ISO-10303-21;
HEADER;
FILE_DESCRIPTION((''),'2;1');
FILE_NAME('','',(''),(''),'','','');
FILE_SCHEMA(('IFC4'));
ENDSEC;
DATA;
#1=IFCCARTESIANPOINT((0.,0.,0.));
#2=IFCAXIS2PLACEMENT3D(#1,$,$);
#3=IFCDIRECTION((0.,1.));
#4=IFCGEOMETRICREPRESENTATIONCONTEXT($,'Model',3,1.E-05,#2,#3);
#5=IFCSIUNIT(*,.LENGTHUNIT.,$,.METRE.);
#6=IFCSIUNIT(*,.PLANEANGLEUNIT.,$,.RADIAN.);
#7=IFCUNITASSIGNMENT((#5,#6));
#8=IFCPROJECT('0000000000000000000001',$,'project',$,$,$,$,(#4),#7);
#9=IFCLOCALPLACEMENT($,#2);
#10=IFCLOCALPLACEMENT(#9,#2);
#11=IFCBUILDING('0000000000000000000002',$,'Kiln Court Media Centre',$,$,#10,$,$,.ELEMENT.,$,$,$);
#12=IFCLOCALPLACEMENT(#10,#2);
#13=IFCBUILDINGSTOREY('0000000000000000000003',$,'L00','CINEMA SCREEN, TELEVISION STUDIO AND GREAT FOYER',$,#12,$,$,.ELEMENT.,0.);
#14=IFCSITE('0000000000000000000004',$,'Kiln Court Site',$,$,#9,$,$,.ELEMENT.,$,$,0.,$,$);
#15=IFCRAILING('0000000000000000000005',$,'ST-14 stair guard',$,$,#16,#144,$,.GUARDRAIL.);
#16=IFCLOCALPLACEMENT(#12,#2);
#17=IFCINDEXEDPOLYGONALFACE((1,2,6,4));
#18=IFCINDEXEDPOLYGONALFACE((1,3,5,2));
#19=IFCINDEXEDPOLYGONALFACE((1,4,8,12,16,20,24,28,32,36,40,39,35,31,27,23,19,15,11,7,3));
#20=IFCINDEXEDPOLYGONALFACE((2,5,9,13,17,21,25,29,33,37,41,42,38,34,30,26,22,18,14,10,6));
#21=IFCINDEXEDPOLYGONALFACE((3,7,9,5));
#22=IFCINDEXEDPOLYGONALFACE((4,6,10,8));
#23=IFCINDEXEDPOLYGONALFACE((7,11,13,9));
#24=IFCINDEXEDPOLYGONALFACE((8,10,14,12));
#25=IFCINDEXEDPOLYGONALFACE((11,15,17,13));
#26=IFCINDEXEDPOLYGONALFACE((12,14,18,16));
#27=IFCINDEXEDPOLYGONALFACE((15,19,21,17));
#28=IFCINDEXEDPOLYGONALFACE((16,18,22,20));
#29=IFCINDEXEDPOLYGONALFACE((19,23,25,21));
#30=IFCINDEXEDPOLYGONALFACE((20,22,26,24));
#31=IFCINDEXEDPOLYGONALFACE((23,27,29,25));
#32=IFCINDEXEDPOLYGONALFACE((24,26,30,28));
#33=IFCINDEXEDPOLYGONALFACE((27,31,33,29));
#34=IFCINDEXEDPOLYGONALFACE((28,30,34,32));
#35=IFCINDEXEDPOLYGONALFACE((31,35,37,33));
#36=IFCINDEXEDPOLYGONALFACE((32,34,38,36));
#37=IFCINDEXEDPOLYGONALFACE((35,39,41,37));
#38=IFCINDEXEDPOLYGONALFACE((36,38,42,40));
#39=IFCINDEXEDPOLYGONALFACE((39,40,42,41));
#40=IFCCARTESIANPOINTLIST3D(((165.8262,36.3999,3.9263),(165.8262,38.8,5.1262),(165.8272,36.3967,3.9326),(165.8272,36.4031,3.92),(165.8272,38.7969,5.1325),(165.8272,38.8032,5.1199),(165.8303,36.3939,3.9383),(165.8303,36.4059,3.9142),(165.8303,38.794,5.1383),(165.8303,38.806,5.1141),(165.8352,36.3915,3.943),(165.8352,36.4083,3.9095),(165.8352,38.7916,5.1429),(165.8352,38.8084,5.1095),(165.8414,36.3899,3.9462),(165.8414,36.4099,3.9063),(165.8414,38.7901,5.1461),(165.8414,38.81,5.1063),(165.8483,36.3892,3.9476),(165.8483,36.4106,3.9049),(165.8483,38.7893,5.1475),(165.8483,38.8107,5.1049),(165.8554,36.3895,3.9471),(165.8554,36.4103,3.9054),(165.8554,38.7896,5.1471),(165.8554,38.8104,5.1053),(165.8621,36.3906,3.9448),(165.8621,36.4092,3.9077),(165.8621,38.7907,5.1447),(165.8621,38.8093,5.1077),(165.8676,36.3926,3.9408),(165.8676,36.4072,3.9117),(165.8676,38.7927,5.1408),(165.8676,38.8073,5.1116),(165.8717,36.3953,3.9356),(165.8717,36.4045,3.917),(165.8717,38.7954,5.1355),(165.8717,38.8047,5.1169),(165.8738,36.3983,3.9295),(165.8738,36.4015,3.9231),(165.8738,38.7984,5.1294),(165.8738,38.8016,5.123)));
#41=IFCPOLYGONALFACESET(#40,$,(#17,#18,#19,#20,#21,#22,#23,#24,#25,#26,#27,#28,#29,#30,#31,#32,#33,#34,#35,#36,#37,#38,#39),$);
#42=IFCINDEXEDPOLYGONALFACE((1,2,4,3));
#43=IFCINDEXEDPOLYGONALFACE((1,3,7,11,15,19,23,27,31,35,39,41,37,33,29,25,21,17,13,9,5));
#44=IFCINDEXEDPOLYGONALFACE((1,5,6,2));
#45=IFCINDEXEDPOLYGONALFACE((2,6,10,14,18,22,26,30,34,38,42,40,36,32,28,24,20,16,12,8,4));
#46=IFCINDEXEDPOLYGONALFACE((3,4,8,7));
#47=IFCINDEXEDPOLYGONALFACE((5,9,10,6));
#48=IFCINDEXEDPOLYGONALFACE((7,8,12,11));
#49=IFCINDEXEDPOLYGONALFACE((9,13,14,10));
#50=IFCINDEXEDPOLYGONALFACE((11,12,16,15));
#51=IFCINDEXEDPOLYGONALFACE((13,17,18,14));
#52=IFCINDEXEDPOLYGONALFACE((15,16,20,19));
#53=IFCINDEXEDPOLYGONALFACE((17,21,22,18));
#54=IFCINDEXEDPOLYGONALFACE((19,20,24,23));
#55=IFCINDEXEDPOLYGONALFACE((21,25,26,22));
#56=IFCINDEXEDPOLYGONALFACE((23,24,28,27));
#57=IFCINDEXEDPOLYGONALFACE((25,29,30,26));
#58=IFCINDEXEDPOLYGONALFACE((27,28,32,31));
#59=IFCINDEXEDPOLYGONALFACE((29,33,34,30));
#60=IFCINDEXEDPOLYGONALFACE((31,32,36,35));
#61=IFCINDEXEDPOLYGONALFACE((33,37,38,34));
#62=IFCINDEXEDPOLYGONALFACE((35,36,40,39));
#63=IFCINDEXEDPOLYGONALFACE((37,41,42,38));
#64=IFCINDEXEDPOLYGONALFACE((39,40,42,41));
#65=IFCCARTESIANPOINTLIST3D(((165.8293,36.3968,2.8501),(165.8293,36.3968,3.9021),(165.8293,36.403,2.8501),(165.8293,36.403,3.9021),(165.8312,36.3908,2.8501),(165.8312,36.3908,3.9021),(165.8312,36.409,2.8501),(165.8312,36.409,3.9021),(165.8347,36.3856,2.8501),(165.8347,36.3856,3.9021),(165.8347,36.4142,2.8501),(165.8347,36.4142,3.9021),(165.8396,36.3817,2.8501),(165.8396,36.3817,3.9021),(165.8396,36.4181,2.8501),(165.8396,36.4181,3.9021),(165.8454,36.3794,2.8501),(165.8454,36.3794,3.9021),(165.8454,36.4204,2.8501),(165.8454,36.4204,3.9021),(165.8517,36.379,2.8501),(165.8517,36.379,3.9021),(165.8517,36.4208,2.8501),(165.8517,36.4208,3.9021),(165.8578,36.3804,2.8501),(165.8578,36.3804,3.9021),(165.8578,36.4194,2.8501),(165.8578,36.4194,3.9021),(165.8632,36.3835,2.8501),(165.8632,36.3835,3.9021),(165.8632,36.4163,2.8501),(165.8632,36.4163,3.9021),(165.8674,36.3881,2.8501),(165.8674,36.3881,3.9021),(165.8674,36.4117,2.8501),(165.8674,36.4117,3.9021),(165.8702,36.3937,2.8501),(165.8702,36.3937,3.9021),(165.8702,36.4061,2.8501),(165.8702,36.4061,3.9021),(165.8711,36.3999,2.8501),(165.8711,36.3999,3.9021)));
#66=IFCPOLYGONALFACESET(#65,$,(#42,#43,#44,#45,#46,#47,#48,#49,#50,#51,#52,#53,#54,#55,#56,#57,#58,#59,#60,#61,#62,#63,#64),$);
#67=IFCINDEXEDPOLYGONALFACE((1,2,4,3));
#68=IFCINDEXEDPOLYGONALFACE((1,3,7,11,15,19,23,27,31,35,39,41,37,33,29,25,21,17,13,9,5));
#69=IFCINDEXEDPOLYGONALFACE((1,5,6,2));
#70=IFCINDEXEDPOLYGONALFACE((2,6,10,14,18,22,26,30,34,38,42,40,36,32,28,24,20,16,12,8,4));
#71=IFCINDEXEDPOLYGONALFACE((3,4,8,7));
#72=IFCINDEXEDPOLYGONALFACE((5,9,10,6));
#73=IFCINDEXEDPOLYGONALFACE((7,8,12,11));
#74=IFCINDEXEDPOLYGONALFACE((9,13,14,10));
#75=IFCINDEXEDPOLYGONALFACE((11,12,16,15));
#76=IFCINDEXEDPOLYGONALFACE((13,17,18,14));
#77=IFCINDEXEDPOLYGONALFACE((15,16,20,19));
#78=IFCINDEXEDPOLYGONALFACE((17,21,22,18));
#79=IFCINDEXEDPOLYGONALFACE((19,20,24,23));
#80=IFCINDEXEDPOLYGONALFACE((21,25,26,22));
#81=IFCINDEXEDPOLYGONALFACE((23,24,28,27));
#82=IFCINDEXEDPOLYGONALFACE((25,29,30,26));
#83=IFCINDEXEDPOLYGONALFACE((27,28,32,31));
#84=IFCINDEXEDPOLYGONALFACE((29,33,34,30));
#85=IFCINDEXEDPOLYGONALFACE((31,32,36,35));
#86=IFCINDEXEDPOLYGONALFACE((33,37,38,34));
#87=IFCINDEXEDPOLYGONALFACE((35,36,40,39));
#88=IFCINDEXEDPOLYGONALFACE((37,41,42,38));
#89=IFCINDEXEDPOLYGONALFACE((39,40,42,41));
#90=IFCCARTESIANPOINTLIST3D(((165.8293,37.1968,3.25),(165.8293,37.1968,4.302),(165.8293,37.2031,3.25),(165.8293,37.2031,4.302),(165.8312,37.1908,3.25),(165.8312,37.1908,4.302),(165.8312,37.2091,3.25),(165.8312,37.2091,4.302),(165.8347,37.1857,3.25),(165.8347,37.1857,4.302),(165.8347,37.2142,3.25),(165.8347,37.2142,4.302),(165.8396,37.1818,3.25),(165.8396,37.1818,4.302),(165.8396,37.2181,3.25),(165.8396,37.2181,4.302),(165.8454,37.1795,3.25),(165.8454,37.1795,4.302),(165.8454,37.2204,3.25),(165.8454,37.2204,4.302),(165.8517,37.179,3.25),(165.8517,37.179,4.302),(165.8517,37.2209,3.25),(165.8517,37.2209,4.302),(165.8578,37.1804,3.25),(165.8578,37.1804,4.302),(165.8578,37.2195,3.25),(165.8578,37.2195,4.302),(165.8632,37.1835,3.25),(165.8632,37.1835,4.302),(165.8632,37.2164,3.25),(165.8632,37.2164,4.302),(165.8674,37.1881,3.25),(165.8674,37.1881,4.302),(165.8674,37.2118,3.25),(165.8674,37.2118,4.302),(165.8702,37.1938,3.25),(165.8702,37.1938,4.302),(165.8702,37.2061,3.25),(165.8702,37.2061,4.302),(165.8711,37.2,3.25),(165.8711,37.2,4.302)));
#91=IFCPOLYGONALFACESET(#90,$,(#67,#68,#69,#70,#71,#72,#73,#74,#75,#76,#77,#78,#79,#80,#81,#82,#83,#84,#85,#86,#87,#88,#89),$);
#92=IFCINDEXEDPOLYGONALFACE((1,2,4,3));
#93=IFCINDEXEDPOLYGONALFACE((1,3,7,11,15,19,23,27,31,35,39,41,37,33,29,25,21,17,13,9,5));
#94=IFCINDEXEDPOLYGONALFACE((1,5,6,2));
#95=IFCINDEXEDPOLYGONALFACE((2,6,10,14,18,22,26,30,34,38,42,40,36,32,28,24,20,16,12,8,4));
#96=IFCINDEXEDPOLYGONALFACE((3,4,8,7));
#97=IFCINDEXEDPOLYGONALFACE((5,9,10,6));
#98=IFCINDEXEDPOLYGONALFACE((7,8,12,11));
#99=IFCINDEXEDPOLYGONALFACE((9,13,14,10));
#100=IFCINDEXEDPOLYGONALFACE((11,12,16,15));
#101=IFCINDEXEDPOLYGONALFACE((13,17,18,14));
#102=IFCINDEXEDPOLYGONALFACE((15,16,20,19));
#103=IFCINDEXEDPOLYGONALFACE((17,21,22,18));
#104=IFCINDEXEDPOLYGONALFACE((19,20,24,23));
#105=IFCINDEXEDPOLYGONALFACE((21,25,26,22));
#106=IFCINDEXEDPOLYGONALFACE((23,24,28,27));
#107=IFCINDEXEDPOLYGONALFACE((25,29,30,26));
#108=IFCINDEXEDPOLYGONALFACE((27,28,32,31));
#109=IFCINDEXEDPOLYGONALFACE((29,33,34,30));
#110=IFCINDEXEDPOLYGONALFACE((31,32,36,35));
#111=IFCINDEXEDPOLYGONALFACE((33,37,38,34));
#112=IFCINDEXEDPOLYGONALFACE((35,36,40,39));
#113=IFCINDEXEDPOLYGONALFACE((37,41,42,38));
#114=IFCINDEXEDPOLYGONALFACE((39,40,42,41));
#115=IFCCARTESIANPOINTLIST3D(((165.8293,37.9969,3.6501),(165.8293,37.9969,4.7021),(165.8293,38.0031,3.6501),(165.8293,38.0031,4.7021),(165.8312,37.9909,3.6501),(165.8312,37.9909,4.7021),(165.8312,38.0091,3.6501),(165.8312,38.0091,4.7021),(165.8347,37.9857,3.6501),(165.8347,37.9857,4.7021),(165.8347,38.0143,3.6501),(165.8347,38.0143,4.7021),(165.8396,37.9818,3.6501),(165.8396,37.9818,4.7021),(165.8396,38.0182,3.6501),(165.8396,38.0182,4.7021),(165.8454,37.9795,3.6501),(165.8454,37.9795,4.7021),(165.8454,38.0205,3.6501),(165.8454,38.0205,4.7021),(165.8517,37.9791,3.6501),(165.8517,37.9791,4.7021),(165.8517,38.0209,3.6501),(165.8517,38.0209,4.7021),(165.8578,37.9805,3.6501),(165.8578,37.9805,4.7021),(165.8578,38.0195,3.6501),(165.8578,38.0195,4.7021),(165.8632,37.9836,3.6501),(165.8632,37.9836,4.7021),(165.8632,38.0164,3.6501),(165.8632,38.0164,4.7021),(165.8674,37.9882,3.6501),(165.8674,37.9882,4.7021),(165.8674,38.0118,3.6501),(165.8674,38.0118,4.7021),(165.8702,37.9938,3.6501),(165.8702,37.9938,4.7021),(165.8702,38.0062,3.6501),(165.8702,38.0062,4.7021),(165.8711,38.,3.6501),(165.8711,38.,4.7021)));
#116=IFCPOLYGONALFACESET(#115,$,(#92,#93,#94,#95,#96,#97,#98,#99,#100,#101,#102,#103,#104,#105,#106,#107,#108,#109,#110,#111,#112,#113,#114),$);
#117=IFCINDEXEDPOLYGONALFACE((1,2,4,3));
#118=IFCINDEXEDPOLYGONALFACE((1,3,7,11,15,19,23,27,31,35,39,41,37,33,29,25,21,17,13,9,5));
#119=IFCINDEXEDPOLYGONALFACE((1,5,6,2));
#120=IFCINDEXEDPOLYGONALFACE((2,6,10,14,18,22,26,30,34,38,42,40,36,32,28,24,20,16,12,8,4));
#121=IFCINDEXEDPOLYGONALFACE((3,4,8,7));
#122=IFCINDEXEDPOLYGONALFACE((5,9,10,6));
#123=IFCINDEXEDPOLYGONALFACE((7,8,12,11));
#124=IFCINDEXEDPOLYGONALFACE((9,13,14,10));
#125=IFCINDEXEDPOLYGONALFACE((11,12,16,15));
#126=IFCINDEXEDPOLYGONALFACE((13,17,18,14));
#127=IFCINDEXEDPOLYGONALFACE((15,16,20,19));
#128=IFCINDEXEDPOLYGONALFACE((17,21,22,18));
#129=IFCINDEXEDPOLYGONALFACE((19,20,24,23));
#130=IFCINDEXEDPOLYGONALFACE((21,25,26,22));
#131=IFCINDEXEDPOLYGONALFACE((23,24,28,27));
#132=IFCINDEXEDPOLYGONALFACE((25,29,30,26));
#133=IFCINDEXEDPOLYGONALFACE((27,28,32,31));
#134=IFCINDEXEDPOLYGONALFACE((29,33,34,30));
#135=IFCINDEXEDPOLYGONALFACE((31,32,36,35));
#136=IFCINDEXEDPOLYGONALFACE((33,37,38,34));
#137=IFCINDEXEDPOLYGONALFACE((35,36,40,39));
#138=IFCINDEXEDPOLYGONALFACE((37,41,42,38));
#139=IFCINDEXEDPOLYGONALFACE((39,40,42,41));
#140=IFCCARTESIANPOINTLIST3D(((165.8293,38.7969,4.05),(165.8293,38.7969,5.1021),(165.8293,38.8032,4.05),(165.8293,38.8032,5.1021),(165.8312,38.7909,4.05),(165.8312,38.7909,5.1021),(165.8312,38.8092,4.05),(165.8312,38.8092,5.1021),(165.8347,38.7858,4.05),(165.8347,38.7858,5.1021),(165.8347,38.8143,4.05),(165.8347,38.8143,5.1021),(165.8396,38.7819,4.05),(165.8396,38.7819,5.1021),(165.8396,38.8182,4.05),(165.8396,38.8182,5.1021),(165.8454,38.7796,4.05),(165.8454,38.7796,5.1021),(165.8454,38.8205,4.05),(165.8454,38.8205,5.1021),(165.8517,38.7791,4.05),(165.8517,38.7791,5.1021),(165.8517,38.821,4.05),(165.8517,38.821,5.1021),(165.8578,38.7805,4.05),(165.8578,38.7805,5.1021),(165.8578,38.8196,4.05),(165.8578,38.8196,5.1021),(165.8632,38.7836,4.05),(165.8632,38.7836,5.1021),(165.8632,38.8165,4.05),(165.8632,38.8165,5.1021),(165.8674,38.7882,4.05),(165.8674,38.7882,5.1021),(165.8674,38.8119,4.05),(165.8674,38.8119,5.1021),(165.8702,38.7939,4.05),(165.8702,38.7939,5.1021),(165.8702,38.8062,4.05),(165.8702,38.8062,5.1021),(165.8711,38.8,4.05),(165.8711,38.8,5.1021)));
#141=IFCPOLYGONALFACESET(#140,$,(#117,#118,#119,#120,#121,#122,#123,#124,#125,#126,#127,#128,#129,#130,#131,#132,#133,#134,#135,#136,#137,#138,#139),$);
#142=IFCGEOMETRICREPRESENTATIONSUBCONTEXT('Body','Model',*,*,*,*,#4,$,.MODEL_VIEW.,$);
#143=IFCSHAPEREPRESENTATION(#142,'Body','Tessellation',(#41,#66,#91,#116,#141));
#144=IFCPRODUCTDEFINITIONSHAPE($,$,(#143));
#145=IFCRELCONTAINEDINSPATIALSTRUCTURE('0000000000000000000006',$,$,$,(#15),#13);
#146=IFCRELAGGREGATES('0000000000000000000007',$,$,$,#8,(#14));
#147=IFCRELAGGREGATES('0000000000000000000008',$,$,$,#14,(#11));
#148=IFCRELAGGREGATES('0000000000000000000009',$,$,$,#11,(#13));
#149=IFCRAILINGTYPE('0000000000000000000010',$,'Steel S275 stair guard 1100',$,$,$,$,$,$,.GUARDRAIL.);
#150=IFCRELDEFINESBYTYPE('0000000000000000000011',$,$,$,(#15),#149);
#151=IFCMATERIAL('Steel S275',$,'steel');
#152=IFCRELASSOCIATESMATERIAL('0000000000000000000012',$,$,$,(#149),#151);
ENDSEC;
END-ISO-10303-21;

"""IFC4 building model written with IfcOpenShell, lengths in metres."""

from ifc_helpers import new_model, si_unit, direction, frame, origin, origin_2d, place, context, subcontext, project, spatial, circle, extrude, material, type_object, element, save


model = new_model("IFC4")

# Units and contexts
model_context = context("Model", 3, precision=1e-05, world=origin(), true_north=direction((0.0, 1.0)))
body_context = subcontext(model_context, "Body", "Model", "MODEL_VIEW")
ifc_project = project(units=[si_unit("LENGTHUNIT", "METRE"), si_unit("PLANEANGLEUNIT", "RADIAN")], contexts=[model_context])

# Site, building, storey
site_placement = place(None, origin())
site = spatial("IfcSite", under=ifc_project, at=site_placement, Name="Kiln Court Site", CompositionType="ELEMENT", RefElevation=0.0)
building_placement = place(site_placement, origin())
building = spatial("IfcBuilding", under=site, at=building_placement, Name="Kiln Court Media Centre", CompositionType="ELEMENT")
storey_placement = place(building_placement, origin())
storey = spatial("IfcBuildingStorey", under=building, at=storey_placement, Name="L00", Description="CINEMA SCREEN, TELEVISION STUDIO AND GREAT FOYER", CompositionType="ELEMENT", Elevation=0.0)

# Railing
ifc_material_1 = material(Name="Steel S275", Category="steel")
railing_type_1 = type_object("IfcRailingType", Name="Steel S275 stair guard 1100", PredefinedType="GUARDRAIL", material=ifc_material_1)
railing_1_placement = place(storey_placement, frame((165.8501, 36.3999, 2.8501)))
element("IfcRailing", 1, at=railing_1_placement, inside=storey, type_object=railing_type_1, Name="ST-14 stair guard", PredefinedType="GUARDRAIL", context=body_context, shape_type="SweptSolid", body=[
    extrude(circle(Radius=0.0239, at=origin_2d()), frame((0.0, 0.0, 1.0762), z_axis=(0.0, 0.894445, 0.447177), x_axis=(-1.0, 0.0, 0.0)), (0.0, 0.0, 1.0), 2.6833),
    extrude(circle(Radius=0.021, at=origin_2d()), origin(), (0.0, 0.0, 1.0), 1.052),
    extrude(circle(Radius=0.021, at=origin_2d()), frame((0.0, 0.8, 0.3999)), (0.0, 0.0, 1.0), 1.052),
    extrude(circle(Radius=0.021, at=origin_2d()), frame((0.0, 1.6001, 0.8)), (0.0, 0.0, 1.0), 1.052),
    extrude(circle(Radius=0.021, at=origin_2d()), frame((0.0, 2.4001, 1.2)), (0.0, 0.0, 1.0), 1.052),
])

save(model, "model.ifc")
